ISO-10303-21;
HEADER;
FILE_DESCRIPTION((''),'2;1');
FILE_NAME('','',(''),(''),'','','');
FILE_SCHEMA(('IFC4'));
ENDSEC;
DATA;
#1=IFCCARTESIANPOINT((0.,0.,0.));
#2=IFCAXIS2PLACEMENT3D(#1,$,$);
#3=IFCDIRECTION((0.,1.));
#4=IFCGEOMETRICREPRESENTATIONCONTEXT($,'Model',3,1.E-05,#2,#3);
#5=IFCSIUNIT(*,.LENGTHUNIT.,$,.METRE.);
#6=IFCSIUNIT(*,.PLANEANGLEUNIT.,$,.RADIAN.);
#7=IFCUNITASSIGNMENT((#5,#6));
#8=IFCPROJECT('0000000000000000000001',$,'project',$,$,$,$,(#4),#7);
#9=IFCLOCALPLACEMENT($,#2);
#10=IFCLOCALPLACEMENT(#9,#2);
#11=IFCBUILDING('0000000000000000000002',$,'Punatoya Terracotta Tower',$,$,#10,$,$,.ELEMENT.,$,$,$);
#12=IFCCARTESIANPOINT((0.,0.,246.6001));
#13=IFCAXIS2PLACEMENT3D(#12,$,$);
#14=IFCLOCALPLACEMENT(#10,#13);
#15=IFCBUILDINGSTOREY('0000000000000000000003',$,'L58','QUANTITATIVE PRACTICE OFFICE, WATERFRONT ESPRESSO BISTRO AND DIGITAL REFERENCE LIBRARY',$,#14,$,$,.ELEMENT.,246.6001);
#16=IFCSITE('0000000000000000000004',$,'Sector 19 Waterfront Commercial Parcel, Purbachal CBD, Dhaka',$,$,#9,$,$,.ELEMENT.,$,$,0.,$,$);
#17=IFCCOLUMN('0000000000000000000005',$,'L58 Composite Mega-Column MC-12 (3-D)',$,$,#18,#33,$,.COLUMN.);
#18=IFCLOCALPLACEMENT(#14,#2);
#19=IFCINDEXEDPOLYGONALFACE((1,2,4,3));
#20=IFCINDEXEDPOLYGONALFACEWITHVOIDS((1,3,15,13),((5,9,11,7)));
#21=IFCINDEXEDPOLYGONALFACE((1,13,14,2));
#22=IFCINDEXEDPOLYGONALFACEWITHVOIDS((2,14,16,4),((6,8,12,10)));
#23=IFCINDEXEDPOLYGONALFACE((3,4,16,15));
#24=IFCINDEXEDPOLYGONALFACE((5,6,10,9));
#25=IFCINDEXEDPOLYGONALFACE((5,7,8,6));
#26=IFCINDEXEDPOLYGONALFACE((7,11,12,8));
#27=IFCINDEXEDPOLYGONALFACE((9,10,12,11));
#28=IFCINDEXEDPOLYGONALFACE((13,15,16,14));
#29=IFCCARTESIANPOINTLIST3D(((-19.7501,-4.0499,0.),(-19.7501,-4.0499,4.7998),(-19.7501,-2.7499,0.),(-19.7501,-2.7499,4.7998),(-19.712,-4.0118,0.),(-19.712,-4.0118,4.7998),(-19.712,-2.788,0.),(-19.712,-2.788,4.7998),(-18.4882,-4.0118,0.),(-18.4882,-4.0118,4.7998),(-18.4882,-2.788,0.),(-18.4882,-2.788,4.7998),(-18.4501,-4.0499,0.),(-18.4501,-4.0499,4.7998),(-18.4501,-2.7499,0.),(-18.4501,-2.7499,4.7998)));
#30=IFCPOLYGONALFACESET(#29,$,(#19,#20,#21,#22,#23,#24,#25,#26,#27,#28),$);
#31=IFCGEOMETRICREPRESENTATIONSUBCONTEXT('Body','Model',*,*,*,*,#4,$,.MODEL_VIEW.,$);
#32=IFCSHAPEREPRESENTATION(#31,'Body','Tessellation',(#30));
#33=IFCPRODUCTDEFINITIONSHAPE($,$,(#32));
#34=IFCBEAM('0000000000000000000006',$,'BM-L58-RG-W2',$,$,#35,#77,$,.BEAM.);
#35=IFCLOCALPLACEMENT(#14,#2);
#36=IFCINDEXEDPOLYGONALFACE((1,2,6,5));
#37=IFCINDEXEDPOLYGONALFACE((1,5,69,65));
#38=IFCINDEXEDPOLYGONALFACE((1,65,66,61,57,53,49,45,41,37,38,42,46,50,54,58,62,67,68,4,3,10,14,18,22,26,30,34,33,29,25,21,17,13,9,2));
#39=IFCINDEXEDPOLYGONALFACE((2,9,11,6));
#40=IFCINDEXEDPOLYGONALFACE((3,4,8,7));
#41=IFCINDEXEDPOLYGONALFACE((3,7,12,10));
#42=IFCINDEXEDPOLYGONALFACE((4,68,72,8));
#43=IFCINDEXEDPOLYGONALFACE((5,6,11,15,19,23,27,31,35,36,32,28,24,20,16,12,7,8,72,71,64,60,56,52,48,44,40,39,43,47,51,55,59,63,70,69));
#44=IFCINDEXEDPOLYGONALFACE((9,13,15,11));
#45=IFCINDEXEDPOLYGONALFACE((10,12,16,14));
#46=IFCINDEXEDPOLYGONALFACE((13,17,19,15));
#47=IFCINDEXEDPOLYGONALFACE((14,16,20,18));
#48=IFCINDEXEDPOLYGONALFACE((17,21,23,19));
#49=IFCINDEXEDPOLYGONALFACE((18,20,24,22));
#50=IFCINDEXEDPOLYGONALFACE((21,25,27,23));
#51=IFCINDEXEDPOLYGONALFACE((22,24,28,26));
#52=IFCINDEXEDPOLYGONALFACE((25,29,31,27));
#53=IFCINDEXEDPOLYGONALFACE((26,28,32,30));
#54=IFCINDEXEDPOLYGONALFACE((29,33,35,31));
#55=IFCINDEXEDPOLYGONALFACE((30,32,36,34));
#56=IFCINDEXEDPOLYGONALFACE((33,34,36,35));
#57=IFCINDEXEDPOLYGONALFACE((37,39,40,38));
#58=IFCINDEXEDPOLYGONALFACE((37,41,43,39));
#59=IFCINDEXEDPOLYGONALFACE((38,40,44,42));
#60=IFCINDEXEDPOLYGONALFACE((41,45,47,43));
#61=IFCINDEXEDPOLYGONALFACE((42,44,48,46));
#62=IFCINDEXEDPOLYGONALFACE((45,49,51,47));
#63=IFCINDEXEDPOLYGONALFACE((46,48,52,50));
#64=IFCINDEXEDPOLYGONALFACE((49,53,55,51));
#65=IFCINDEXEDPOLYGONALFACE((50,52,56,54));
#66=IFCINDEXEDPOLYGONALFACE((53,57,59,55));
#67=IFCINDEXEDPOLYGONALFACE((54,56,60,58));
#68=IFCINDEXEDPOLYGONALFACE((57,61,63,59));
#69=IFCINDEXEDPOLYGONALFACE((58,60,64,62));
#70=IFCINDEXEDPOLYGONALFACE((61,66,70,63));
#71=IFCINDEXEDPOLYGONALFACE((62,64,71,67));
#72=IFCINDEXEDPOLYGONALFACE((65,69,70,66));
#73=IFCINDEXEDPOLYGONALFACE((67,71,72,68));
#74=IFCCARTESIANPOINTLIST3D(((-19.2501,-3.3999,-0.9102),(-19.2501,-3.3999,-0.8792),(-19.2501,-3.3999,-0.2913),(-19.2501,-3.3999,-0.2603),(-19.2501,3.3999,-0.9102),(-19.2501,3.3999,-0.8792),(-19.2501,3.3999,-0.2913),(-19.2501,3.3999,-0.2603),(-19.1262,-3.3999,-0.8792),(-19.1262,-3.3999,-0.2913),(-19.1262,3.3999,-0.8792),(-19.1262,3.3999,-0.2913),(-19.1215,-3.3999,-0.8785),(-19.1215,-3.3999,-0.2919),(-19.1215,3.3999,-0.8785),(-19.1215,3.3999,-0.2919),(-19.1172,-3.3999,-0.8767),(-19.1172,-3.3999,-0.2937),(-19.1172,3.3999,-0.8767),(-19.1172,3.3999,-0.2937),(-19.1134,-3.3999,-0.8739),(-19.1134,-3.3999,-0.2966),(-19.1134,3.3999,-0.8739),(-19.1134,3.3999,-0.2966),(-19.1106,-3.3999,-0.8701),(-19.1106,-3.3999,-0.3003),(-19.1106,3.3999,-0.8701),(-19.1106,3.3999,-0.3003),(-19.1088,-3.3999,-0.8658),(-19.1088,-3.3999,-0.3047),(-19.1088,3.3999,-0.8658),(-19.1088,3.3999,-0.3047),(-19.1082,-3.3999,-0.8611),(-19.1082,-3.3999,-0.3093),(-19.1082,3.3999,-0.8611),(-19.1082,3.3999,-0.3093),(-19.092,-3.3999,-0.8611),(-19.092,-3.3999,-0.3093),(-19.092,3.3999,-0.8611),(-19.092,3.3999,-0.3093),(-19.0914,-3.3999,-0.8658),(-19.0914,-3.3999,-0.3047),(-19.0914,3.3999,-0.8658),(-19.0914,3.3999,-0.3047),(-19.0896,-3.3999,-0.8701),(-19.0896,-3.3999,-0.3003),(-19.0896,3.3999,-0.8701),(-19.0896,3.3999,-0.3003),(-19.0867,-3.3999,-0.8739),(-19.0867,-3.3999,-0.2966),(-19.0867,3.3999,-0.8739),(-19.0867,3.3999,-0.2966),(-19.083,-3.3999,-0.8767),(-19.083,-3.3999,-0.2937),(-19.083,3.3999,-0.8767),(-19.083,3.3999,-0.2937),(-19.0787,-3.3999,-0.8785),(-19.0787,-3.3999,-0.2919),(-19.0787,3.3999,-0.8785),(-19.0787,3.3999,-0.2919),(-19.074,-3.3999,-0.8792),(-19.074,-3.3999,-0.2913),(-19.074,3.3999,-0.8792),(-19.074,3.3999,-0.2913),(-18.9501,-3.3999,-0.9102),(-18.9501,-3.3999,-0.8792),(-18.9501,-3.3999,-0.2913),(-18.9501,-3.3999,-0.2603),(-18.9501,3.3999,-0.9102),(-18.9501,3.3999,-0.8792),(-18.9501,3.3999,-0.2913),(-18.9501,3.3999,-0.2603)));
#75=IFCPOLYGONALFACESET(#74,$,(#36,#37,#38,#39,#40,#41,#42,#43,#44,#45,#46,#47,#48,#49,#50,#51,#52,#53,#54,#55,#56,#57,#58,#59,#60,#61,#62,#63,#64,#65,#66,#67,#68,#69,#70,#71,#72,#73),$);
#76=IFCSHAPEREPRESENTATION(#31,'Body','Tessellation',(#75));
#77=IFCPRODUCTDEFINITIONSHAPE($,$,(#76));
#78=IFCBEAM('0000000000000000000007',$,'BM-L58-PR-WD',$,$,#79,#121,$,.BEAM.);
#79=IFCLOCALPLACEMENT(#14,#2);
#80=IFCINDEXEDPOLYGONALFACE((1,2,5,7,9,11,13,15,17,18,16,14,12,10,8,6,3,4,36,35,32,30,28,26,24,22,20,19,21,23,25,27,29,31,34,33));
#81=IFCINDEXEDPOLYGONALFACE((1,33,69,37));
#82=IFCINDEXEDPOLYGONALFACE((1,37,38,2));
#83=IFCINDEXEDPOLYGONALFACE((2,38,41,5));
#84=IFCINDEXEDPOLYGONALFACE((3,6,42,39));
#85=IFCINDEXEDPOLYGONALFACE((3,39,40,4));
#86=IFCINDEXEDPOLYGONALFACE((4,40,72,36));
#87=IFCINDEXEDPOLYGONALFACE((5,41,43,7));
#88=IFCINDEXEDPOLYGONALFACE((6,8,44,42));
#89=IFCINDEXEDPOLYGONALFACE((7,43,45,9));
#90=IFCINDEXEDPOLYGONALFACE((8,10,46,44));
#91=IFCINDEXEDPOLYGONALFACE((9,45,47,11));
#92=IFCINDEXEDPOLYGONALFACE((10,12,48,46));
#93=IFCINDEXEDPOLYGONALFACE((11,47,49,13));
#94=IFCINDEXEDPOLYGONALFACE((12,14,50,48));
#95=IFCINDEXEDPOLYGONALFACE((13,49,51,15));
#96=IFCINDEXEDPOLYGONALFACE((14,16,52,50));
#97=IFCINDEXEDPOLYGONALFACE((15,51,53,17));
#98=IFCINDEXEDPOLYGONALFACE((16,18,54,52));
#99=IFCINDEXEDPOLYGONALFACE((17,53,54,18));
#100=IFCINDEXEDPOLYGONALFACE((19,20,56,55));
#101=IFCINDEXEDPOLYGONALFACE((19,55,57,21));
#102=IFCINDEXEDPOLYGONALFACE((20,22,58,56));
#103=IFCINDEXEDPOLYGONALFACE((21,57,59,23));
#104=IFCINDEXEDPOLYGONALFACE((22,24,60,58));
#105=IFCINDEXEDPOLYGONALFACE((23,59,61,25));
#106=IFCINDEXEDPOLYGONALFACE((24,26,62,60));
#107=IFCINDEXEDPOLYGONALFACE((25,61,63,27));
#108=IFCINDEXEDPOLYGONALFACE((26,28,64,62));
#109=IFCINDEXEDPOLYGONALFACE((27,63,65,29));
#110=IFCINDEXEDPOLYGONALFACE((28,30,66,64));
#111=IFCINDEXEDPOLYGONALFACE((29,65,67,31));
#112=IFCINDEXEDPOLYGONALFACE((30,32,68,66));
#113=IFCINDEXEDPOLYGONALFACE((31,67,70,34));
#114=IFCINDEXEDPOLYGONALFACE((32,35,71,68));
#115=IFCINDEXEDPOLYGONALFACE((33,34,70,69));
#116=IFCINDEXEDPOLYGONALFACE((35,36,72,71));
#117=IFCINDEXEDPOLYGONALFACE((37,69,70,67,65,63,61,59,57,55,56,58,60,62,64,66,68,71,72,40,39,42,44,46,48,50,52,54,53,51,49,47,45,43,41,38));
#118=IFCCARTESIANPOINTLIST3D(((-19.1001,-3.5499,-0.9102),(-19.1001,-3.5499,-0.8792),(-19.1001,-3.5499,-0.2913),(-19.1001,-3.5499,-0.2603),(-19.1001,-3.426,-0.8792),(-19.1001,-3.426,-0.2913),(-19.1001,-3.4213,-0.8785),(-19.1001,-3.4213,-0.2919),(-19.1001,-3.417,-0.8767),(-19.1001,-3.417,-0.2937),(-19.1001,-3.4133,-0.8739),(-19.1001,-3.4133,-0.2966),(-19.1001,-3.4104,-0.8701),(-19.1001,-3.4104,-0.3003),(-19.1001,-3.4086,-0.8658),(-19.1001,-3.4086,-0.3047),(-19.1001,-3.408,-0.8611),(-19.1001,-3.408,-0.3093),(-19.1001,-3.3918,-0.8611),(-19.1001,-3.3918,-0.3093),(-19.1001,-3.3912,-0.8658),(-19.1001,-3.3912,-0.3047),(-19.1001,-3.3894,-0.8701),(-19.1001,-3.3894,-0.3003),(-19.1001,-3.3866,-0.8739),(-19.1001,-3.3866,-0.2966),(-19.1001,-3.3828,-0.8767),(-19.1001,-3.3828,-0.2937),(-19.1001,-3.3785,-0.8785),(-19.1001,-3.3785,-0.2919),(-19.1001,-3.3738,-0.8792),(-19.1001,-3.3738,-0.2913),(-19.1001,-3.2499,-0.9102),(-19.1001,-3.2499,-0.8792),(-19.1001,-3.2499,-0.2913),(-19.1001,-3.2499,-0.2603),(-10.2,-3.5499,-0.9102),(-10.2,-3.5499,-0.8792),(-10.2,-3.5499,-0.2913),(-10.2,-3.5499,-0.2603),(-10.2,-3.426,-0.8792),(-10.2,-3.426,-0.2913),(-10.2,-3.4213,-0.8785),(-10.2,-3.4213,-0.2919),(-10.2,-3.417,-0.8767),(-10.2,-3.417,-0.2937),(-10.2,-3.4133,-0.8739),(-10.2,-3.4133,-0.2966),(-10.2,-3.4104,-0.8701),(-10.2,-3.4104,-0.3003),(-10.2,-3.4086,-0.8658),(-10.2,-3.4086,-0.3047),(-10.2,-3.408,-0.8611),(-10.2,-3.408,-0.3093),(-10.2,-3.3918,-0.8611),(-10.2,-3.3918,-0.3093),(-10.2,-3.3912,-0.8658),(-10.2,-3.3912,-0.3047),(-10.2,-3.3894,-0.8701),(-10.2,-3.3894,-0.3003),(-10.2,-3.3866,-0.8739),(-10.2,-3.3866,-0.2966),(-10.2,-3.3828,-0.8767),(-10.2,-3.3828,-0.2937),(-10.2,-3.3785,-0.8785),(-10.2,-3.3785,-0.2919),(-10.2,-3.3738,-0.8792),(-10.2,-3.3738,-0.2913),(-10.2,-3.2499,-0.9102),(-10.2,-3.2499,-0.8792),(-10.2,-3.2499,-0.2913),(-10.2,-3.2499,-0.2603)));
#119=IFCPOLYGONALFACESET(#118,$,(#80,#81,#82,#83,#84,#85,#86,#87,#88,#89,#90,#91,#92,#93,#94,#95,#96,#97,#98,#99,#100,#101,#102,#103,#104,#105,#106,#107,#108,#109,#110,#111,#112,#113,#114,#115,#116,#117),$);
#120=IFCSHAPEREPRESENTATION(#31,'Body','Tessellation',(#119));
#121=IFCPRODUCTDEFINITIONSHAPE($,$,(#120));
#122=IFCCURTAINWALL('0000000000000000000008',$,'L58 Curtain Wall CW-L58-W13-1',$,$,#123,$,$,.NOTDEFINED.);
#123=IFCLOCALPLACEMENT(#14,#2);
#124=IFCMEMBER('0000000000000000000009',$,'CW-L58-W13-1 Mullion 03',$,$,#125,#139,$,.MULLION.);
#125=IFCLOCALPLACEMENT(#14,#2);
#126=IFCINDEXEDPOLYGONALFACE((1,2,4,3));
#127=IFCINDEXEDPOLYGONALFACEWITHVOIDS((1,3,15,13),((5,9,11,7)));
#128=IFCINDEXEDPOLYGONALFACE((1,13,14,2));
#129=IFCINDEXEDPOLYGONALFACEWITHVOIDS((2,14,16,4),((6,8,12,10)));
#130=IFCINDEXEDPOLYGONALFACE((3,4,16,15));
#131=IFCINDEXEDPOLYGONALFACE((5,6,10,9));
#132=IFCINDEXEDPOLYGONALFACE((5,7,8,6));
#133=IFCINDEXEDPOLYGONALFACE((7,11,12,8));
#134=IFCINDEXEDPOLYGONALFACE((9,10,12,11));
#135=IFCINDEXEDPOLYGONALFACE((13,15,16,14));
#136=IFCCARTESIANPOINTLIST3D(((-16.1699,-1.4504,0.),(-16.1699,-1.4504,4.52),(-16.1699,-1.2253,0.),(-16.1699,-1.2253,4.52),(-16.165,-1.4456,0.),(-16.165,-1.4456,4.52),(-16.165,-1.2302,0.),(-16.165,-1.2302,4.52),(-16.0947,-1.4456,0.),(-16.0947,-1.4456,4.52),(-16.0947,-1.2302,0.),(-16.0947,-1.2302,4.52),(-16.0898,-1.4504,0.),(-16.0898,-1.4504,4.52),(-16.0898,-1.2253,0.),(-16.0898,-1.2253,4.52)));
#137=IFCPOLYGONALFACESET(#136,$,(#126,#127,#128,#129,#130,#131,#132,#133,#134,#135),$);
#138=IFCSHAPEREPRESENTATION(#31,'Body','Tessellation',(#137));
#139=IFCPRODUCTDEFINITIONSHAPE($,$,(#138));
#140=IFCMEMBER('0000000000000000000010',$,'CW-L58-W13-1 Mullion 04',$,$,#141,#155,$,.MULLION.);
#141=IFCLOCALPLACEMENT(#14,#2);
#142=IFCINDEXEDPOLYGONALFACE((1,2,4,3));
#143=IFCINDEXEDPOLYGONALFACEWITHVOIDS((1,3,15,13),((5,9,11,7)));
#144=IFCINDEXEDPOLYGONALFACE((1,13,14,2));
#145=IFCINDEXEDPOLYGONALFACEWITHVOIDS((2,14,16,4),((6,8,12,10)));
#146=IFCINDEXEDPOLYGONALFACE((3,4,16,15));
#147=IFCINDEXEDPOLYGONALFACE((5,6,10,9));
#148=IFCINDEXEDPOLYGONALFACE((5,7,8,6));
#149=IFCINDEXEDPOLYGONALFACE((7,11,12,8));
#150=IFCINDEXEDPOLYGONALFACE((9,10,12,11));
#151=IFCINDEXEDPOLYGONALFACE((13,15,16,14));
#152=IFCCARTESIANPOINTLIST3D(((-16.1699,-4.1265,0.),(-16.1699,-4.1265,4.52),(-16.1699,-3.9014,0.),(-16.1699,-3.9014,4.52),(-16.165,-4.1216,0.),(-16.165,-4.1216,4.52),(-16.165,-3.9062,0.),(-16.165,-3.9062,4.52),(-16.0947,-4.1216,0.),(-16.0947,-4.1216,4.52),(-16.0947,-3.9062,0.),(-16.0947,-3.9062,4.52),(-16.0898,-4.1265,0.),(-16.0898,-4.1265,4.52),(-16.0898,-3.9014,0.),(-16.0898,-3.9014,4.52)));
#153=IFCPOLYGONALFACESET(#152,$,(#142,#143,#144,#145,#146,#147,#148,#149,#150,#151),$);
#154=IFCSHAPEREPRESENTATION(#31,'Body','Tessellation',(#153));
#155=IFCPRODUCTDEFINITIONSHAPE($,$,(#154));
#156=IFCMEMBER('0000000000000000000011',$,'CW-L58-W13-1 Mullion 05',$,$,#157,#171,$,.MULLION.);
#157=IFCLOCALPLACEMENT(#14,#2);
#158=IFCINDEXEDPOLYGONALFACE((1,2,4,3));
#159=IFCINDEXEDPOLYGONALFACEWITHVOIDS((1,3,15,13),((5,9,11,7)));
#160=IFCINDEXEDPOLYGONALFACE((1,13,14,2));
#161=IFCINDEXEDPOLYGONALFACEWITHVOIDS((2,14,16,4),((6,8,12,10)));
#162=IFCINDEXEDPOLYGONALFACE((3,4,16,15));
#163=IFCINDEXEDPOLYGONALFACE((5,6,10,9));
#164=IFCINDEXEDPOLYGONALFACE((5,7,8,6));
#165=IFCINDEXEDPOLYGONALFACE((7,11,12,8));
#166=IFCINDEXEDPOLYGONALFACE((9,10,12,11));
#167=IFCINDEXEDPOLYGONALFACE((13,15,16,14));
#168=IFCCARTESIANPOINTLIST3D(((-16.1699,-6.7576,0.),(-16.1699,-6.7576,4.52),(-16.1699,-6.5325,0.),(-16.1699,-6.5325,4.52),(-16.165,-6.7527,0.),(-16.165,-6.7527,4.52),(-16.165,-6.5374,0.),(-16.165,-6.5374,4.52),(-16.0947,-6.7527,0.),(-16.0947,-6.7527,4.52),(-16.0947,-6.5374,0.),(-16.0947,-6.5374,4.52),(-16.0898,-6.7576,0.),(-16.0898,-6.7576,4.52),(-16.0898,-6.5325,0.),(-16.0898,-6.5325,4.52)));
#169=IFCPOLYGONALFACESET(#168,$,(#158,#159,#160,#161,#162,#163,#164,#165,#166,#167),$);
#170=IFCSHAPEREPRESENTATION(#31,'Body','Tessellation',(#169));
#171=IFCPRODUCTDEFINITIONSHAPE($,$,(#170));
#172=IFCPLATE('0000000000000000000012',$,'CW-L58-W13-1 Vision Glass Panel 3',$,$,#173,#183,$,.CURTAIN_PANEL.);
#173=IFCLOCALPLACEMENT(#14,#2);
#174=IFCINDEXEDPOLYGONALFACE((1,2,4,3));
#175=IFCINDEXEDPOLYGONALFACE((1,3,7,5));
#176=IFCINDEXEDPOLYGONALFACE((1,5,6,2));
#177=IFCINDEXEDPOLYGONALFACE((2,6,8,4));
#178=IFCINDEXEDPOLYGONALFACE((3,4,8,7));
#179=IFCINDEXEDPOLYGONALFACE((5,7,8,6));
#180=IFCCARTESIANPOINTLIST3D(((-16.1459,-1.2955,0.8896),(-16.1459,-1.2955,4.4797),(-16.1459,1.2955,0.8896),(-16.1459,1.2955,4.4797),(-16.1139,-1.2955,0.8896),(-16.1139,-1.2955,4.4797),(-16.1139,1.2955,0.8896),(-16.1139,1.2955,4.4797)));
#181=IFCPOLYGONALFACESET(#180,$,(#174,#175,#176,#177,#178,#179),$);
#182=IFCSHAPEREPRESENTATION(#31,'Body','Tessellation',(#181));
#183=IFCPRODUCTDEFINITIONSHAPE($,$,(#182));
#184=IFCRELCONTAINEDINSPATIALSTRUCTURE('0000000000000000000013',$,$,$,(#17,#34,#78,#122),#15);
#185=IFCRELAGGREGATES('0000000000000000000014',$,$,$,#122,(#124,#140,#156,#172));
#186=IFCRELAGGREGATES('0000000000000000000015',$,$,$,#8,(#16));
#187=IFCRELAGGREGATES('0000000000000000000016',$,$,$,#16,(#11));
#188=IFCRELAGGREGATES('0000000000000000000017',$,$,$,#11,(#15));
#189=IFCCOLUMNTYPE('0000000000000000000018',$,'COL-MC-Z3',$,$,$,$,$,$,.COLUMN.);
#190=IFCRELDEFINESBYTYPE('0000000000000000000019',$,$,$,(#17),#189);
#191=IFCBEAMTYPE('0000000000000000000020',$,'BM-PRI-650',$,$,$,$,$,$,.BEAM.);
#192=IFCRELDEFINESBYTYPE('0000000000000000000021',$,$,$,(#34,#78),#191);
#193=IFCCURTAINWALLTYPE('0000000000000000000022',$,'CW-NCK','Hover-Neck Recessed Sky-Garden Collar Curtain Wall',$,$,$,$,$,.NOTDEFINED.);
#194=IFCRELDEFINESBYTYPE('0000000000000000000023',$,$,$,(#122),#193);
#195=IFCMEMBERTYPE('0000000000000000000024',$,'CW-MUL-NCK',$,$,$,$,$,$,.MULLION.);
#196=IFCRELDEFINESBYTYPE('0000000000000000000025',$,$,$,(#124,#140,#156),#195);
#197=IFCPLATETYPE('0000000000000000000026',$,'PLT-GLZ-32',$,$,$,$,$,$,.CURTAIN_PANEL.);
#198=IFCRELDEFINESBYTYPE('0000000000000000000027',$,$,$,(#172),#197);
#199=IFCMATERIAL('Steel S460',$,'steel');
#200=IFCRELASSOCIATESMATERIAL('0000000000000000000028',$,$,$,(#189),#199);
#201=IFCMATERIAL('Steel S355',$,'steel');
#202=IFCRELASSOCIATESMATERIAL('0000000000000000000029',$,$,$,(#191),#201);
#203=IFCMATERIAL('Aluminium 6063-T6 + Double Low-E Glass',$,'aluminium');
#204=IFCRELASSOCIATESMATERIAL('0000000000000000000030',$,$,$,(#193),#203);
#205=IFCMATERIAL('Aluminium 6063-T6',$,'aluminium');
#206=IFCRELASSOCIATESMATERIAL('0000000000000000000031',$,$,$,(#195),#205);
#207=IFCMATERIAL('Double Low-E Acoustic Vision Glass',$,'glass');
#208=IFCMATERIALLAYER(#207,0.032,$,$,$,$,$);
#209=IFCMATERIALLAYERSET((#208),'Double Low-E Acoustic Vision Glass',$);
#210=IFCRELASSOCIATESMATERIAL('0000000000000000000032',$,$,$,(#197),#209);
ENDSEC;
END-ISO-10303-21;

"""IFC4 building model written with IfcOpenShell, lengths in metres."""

from ifc_helpers import new_model, si_unit, direction, frame, origin, origin_2d, place, context, subcontext, project, spatial, rectangle, hollow_rectangle, i_section, extrude, material, layer, layer_set, material_profile, profile_set, type_object, element, aggregate, save


model = new_model("IFC4")

# Units and contexts
model_context = context("Model", 3, precision=1e-05, world=origin(), true_north=direction((0.0, 1.0)))
body_context = subcontext(model_context, "Body", "Model", "MODEL_VIEW")
ifc_project = project(units=[si_unit("LENGTHUNIT", "METRE"), si_unit("PLANEANGLEUNIT", "RADIAN")], contexts=[model_context])

# Site, building, storey
site_placement = place(None, origin())
site = spatial("IfcSite", under=ifc_project, at=site_placement, Name="Sector 19 Waterfront Commercial Parcel, Purbachal CBD, Dhaka", CompositionType="ELEMENT", RefElevation=0.0)
building_placement = place(site_placement, origin())
building = spatial("IfcBuilding", under=site, at=building_placement, Name="Punatoya Terracotta Tower", CompositionType="ELEMENT")
storey_placement = place(building_placement, frame((0.0, 0.0, 246.6001)))
storey = spatial("IfcBuildingStorey", under=building, at=storey_placement, Name="L58", Description="QUANTITATIVE PRACTICE OFFICE, WATERFRONT ESPRESSO BISTRO AND DIGITAL REFERENCE LIBRARY", CompositionType="ELEMENT", Elevation=246.6001)

# Column
ifc_material_1 = material(Name="Steel S460", Category="steel")
ifc_material_profile_1 = material_profile(ifc_material_1, hollow_rectangle(XDim=1.3, YDim=1.3, WallThickness=0.0381, at=origin_2d()))
ifc_profile_set_1 = profile_set([ifc_material_profile_1], Name="Steel S460")
column_type = type_object("IfcColumnType", Name="COL-MC-Z3", PredefinedType="COLUMN", material=ifc_profile_set_1)
column_placement = place(storey_placement, frame((-19.1001, -3.3999, 0.0), z_axis=(0.0, 0.0, 1.0), x_axis=(1.0, 0.0, 0.0)))
element("IfcColumn", 1, at=column_placement, inside=storey, type_object=column_type, Name="L58 Composite Mega-Column MC-12 (3-D)", PredefinedType="COLUMN", context=body_context, shape_type="SweptSolid", body=[
    extrude(hollow_rectangle(XDim=1.3, YDim=1.3, WallThickness=0.0381, at=origin_2d()), origin(), (0.0, 0.0, 1.0), 4.7998),
])

# Beams
ifc_material_2 = material(Name="Steel S355", Category="steel")
ifc_material_profile_2 = material_profile(ifc_material_2, i_section(OverallWidth=0.3, OverallDepth=0.6499, WebThickness=0.0161, FlangeThickness=0.031, FilletRadius=0.0181, at=origin_2d()))
ifc_profile_set_2 = profile_set([ifc_material_profile_2], Name="Steel S355")
beam_type = type_object("IfcBeamType", Name="BM-PRI-650", PredefinedType="BEAM", material=ifc_profile_set_2)
beam_1_placement = place(storey_placement, frame((-19.1001, -3.3999, -0.5852), z_axis=(0.0, 1.0, 0.0), x_axis=(-1.0, 0.0, 0.0)))
element("IfcBeam", 2, at=beam_1_placement, inside=storey, type_object=beam_type, Name="BM-L58-RG-W2", PredefinedType="BEAM", context=body_context, shape_type="SweptSolid", body=[
    extrude(i_section(OverallWidth=0.3, OverallDepth=0.6499, WebThickness=0.0161, FlangeThickness=0.031, FilletRadius=0.0181, at=origin_2d()), origin(), (0.0, 0.0, 1.0), 6.7998),
])
beam_2_placement = place(storey_placement, frame((-19.1001, -3.3999, -0.5852), z_axis=(1.0, 0.0, 0.0), x_axis=(0.0, 1.0, 0.0)))
element("IfcBeam", 3, at=beam_2_placement, inside=storey, type_object=beam_type, Name="BM-L58-PR-WD", PredefinedType="BEAM", context=body_context, shape_type="SweptSolid", body=[
    extrude(i_section(OverallWidth=0.3, OverallDepth=0.6499, WebThickness=0.0161, FlangeThickness=0.031, FilletRadius=0.0181, at=origin_2d()), origin(), (0.0, 0.0, 1.0), 8.9001),
])

# Curtain wall, members, plate
ifc_material_3 = material(Name="Aluminium 6063-T6 + Double Low-E Glass", Category="aluminium")
curtain_wall_type = type_object("IfcCurtainWallType", Name="CW-NCK", Description="Hover-Neck Recessed Sky-Garden Collar Curtain Wall", PredefinedType="NOTDEFINED", material=ifc_material_3)
curtain_wall_placement = place(storey_placement, origin())
curtain_wall = element("IfcCurtainWall", 4, at=curtain_wall_placement, inside=storey, type_object=curtain_wall_type, Name="L58 Curtain Wall CW-L58-W13-1", PredefinedType="NOTDEFINED")
ifc_material_4 = material(Name="Aluminium 6063-T6", Category="aluminium")
ifc_material_profile_3 = material_profile(ifc_material_4, hollow_rectangle(XDim=0.0801, YDim=0.2251, WallThickness=0.0049, at=origin_2d()))
ifc_profile_set_3 = profile_set([ifc_material_profile_3], Name="Aluminium 6063-T6")
member_type = type_object("IfcMemberType", Name="CW-MUL-NCK", PredefinedType="MULLION", material=ifc_profile_set_3)
member_1_placement = place(storey_placement, frame((-16.1299, -1.3379, 0.0), z_axis=(0.0, 0.0, 1.0), x_axis=(1.0, 0.0, 0.0)))
member_1 = element("IfcMember", 5, at=member_1_placement, type_object=member_type, Name="CW-L58-W13-1 Mullion 03", PredefinedType="MULLION", context=body_context, shape_type="SweptSolid", body=[
    extrude(hollow_rectangle(XDim=0.0801, YDim=0.2251, WallThickness=0.0049, at=origin_2d()), origin(), (0.0, 0.0, 1.0), 4.52),
])
member_2_placement = place(storey_placement, frame((-16.1299, -4.0139, 0.0), z_axis=(0.0, 0.0, 1.0), x_axis=(1.0, 0.0, 0.0)))
member_2 = element("IfcMember", 6, at=member_2_placement, type_object=member_type, Name="CW-L58-W13-1 Mullion 04", PredefinedType="MULLION", context=body_context, shape_type="SweptSolid", body=[
    extrude(hollow_rectangle(XDim=0.0801, YDim=0.2251, WallThickness=0.0049, at=origin_2d()), origin(), (0.0, 0.0, 1.0), 4.52),
])
member_3_placement = place(storey_placement, frame((-16.1299, -6.645, 0.0), z_axis=(0.0, 0.0, 1.0), x_axis=(1.0, 0.0, 0.0)))
member_3 = element("IfcMember", 7, at=member_3_placement, type_object=member_type, Name="CW-L58-W13-1 Mullion 05", PredefinedType="MULLION", context=body_context, shape_type="SweptSolid", body=[
    extrude(hollow_rectangle(XDim=0.0801, YDim=0.2251, WallThickness=0.0049, at=origin_2d()), origin(), (0.0, 0.0, 1.0), 4.52),
])
ifc_material_5 = material(Name="Double Low-E Acoustic Vision Glass", Category="glass")
ifc_layer_1 = layer(ifc_material_5, 0.032)
ifc_layer_set_1 = layer_set([ifc_layer_1], Name="Double Low-E Acoustic Vision Glass")
plate_type_1 = type_object("IfcPlateType", Name="PLT-GLZ-32", PredefinedType="CURTAIN_PANEL", material=ifc_layer_set_1)
plate_1_placement = place(storey_placement, frame((-16.1299, 0.0, 0.8896), z_axis=(0.0, 0.0, 1.0), x_axis=(0.0, -1.0, 0.0)))
plate_1 = element("IfcPlate", 8, at=plate_1_placement, type_object=plate_type_1, Name="CW-L58-W13-1 Vision Glass Panel 3", PredefinedType="CURTAIN_PANEL", context=body_context, shape_type="SweptSolid", body=[
    extrude(rectangle(XDim=2.5911, YDim=0.032, at=origin_2d()), origin(), (0.0, 0.0, 1.0), 3.5901),
])
aggregate(curtain_wall, [member_1, member_2, member_3, plate_1])

save(model, "model.ifc")
